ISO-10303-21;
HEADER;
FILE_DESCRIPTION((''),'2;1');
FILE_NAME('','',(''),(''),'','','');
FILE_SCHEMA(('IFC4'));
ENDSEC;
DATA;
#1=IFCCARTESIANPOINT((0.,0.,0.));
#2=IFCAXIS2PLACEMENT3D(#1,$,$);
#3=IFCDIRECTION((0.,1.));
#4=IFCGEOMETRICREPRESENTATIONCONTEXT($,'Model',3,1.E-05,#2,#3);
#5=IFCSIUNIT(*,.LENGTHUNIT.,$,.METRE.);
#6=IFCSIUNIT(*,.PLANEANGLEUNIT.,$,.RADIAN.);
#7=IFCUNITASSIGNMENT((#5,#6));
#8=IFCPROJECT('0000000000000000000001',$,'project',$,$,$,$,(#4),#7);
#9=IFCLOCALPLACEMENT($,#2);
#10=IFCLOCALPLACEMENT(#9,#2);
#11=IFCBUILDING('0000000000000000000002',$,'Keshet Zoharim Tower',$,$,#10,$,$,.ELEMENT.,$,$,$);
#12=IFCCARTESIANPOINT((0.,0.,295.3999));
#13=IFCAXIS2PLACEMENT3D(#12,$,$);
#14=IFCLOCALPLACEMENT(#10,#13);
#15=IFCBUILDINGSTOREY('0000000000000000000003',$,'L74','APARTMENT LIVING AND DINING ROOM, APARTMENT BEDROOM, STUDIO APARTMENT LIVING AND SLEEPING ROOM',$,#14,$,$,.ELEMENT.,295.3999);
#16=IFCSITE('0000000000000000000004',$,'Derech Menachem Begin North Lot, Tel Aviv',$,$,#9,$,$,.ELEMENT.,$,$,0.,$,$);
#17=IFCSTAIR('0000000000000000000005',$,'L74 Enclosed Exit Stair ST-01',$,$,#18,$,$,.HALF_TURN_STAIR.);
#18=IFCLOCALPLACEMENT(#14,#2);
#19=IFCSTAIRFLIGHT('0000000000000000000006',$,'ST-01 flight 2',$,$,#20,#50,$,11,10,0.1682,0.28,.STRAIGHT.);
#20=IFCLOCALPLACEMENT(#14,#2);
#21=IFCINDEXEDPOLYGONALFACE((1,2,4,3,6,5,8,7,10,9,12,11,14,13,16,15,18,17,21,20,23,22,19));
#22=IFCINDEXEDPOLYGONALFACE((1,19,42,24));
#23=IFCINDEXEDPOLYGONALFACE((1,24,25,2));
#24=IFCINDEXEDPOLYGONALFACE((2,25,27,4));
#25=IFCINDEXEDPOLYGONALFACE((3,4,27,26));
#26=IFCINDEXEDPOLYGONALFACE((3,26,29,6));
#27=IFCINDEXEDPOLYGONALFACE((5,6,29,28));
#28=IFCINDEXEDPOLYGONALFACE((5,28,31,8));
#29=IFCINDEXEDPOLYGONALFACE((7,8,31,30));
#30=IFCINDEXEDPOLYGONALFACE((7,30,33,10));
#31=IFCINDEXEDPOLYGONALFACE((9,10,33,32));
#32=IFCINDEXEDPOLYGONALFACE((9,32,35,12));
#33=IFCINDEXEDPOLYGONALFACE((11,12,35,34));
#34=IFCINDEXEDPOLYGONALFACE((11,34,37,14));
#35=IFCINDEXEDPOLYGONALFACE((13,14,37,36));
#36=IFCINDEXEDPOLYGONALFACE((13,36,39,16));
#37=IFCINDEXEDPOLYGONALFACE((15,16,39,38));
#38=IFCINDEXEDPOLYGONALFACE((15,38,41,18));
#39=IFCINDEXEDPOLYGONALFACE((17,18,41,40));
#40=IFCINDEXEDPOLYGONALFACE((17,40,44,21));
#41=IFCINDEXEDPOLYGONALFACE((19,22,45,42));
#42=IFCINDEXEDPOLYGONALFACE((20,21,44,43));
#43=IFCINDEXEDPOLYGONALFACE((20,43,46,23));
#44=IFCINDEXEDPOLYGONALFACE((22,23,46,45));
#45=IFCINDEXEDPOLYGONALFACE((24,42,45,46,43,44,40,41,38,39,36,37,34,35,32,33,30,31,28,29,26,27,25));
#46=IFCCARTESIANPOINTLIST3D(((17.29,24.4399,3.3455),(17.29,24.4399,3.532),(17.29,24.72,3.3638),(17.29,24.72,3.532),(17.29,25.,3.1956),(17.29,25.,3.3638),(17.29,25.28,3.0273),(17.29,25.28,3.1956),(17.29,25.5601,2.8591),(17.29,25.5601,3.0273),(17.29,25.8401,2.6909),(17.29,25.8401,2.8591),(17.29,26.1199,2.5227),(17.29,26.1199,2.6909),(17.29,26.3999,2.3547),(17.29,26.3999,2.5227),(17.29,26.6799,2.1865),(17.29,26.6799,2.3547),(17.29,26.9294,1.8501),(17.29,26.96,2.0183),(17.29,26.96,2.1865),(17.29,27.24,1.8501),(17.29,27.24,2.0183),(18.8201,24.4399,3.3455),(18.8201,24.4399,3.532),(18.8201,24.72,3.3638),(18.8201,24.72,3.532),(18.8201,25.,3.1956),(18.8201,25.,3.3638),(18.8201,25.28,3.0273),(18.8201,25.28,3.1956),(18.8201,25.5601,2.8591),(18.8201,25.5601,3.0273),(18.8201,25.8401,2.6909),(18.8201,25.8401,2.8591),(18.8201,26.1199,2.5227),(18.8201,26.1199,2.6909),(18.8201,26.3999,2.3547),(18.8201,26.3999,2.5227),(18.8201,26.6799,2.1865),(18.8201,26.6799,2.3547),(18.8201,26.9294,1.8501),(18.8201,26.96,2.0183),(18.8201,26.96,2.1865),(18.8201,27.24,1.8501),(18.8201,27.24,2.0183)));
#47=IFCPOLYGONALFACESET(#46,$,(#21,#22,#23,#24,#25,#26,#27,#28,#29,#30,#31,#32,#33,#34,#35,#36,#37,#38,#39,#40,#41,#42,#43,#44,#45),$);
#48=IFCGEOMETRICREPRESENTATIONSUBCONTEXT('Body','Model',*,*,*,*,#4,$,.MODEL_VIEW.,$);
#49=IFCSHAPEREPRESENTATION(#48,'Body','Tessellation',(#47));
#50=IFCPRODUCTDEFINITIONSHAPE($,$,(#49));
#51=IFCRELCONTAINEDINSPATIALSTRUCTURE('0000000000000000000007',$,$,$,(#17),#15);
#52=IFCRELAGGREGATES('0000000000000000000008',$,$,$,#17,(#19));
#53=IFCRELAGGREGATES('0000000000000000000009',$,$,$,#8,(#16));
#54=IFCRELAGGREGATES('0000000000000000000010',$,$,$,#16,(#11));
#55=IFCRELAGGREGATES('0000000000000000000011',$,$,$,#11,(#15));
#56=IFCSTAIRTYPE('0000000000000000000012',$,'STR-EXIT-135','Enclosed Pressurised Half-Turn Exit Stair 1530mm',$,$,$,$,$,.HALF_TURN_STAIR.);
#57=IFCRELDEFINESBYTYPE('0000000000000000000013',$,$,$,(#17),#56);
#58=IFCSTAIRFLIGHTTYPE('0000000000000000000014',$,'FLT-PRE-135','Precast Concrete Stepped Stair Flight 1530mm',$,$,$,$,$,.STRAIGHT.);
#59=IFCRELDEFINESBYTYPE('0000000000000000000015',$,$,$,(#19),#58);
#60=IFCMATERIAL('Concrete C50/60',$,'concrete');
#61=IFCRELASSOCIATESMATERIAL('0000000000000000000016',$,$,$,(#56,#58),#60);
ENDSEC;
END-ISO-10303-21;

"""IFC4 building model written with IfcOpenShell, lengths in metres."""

from ifc_helpers import new_model, si_unit, direction, frame, origin, place, context, subcontext, project, spatial, polyline, outline, extrude, material, type_object, element, aggregate, save


model = new_model("IFC4")

# Units and contexts
model_context = context("Model", 3, precision=1e-05, world=origin(), true_north=direction((0.0, 1.0)))
body_context = subcontext(model_context, "Body", "Model", "MODEL_VIEW")
ifc_project = project(units=[si_unit("LENGTHUNIT", "METRE"), si_unit("PLANEANGLEUNIT", "RADIAN")], contexts=[model_context])

# Site, building, storey
site_placement = place(None, origin())
site = spatial("IfcSite", under=ifc_project, at=site_placement, Name="Derech Menachem Begin North Lot, Tel Aviv", CompositionType="ELEMENT", RefElevation=0.0)
building_placement = place(site_placement, origin())
building = spatial("IfcBuilding", under=site, at=building_placement, Name="Keshet Zoharim Tower", CompositionType="ELEMENT")
storey_placement = place(building_placement, frame((0.0, 0.0, 295.3999)))
storey = spatial("IfcBuildingStorey", under=building, at=storey_placement, Name="L74", Description="APARTMENT LIVING AND DINING ROOM, APARTMENT BEDROOM, STUDIO APARTMENT LIVING AND SLEEPING ROOM", CompositionType="ELEMENT", Elevation=295.3999)

# Shared definitions
ifc_material_1 = material(Name="Concrete C50/60", Category="concrete")

# Stair, stair flight
stair_type = type_object("IfcStairType", Name="STR-EXIT-135", Description="Enclosed Pressurised Half-Turn Exit Stair 1530mm", PredefinedType="HALF_TURN_STAIR", material=ifc_material_1)
stair_placement = place(storey_placement, origin())
stair = element("IfcStair", 1, at=stair_placement, inside=storey, type_object=stair_type, Name="L74 Enclosed Exit Stair ST-01", PredefinedType="HALF_TURN_STAIR")
stair_flight_type = type_object("IfcStairFlightType", Name="FLT-PRE-135", Description="Precast Concrete Stepped Stair Flight 1530mm", PredefinedType="STRAIGHT", material=ifc_material_1)
stair_flight_1_placement = place(storey_placement, frame((18.0549, 27.24, 1.8501), z_axis=(0.0, 0.0, 1.0), x_axis=(0.0, -1.0, 0.0)))
stair_flight_1 = element("IfcStairFlight", 2, at=stair_flight_1_placement, type_object=stair_flight_type, Name="ST-01 flight 2", NumberOfRisers=11, NumberOfTreads=10, PredefinedType="STRAIGHT", RiserHeight=0.1682, TreadLength=0.28, context=body_context, shape_type="SweptSolid", body=[
    extrude(outline(polyline([(0.0, 0.0), (0.0, 0.1682), (0.28, 0.1682), (0.28, 0.3364), (0.5601, 0.3364), (0.5601, 0.5046), (0.8401, 0.5046), (0.8401, 0.6726), (1.1201, 0.6726), (1.1201, 0.8408), (1.3999, 0.8408), (1.3999, 1.009), (1.6799, 1.009), (1.6799, 1.1772), (1.96, 1.1772), (1.96, 1.3455), (2.24, 1.3455), (2.24, 1.5137), (2.52, 1.5137), (2.52, 1.6819), (2.8, 1.6819), (2.8, 1.8501), (2.8, 1.4954), (0.3105, 0.0), (0.0, 0.0)])), frame((0.0, 0.7651, 0.0), z_axis=(0.0, -1.0, 0.0), x_axis=(1.0, 0.0, 0.0)), (0.0, 0.0, 1.0), 1.53),
])
aggregate(stair, [stair_flight_1])

save(model, "model.ifc")
